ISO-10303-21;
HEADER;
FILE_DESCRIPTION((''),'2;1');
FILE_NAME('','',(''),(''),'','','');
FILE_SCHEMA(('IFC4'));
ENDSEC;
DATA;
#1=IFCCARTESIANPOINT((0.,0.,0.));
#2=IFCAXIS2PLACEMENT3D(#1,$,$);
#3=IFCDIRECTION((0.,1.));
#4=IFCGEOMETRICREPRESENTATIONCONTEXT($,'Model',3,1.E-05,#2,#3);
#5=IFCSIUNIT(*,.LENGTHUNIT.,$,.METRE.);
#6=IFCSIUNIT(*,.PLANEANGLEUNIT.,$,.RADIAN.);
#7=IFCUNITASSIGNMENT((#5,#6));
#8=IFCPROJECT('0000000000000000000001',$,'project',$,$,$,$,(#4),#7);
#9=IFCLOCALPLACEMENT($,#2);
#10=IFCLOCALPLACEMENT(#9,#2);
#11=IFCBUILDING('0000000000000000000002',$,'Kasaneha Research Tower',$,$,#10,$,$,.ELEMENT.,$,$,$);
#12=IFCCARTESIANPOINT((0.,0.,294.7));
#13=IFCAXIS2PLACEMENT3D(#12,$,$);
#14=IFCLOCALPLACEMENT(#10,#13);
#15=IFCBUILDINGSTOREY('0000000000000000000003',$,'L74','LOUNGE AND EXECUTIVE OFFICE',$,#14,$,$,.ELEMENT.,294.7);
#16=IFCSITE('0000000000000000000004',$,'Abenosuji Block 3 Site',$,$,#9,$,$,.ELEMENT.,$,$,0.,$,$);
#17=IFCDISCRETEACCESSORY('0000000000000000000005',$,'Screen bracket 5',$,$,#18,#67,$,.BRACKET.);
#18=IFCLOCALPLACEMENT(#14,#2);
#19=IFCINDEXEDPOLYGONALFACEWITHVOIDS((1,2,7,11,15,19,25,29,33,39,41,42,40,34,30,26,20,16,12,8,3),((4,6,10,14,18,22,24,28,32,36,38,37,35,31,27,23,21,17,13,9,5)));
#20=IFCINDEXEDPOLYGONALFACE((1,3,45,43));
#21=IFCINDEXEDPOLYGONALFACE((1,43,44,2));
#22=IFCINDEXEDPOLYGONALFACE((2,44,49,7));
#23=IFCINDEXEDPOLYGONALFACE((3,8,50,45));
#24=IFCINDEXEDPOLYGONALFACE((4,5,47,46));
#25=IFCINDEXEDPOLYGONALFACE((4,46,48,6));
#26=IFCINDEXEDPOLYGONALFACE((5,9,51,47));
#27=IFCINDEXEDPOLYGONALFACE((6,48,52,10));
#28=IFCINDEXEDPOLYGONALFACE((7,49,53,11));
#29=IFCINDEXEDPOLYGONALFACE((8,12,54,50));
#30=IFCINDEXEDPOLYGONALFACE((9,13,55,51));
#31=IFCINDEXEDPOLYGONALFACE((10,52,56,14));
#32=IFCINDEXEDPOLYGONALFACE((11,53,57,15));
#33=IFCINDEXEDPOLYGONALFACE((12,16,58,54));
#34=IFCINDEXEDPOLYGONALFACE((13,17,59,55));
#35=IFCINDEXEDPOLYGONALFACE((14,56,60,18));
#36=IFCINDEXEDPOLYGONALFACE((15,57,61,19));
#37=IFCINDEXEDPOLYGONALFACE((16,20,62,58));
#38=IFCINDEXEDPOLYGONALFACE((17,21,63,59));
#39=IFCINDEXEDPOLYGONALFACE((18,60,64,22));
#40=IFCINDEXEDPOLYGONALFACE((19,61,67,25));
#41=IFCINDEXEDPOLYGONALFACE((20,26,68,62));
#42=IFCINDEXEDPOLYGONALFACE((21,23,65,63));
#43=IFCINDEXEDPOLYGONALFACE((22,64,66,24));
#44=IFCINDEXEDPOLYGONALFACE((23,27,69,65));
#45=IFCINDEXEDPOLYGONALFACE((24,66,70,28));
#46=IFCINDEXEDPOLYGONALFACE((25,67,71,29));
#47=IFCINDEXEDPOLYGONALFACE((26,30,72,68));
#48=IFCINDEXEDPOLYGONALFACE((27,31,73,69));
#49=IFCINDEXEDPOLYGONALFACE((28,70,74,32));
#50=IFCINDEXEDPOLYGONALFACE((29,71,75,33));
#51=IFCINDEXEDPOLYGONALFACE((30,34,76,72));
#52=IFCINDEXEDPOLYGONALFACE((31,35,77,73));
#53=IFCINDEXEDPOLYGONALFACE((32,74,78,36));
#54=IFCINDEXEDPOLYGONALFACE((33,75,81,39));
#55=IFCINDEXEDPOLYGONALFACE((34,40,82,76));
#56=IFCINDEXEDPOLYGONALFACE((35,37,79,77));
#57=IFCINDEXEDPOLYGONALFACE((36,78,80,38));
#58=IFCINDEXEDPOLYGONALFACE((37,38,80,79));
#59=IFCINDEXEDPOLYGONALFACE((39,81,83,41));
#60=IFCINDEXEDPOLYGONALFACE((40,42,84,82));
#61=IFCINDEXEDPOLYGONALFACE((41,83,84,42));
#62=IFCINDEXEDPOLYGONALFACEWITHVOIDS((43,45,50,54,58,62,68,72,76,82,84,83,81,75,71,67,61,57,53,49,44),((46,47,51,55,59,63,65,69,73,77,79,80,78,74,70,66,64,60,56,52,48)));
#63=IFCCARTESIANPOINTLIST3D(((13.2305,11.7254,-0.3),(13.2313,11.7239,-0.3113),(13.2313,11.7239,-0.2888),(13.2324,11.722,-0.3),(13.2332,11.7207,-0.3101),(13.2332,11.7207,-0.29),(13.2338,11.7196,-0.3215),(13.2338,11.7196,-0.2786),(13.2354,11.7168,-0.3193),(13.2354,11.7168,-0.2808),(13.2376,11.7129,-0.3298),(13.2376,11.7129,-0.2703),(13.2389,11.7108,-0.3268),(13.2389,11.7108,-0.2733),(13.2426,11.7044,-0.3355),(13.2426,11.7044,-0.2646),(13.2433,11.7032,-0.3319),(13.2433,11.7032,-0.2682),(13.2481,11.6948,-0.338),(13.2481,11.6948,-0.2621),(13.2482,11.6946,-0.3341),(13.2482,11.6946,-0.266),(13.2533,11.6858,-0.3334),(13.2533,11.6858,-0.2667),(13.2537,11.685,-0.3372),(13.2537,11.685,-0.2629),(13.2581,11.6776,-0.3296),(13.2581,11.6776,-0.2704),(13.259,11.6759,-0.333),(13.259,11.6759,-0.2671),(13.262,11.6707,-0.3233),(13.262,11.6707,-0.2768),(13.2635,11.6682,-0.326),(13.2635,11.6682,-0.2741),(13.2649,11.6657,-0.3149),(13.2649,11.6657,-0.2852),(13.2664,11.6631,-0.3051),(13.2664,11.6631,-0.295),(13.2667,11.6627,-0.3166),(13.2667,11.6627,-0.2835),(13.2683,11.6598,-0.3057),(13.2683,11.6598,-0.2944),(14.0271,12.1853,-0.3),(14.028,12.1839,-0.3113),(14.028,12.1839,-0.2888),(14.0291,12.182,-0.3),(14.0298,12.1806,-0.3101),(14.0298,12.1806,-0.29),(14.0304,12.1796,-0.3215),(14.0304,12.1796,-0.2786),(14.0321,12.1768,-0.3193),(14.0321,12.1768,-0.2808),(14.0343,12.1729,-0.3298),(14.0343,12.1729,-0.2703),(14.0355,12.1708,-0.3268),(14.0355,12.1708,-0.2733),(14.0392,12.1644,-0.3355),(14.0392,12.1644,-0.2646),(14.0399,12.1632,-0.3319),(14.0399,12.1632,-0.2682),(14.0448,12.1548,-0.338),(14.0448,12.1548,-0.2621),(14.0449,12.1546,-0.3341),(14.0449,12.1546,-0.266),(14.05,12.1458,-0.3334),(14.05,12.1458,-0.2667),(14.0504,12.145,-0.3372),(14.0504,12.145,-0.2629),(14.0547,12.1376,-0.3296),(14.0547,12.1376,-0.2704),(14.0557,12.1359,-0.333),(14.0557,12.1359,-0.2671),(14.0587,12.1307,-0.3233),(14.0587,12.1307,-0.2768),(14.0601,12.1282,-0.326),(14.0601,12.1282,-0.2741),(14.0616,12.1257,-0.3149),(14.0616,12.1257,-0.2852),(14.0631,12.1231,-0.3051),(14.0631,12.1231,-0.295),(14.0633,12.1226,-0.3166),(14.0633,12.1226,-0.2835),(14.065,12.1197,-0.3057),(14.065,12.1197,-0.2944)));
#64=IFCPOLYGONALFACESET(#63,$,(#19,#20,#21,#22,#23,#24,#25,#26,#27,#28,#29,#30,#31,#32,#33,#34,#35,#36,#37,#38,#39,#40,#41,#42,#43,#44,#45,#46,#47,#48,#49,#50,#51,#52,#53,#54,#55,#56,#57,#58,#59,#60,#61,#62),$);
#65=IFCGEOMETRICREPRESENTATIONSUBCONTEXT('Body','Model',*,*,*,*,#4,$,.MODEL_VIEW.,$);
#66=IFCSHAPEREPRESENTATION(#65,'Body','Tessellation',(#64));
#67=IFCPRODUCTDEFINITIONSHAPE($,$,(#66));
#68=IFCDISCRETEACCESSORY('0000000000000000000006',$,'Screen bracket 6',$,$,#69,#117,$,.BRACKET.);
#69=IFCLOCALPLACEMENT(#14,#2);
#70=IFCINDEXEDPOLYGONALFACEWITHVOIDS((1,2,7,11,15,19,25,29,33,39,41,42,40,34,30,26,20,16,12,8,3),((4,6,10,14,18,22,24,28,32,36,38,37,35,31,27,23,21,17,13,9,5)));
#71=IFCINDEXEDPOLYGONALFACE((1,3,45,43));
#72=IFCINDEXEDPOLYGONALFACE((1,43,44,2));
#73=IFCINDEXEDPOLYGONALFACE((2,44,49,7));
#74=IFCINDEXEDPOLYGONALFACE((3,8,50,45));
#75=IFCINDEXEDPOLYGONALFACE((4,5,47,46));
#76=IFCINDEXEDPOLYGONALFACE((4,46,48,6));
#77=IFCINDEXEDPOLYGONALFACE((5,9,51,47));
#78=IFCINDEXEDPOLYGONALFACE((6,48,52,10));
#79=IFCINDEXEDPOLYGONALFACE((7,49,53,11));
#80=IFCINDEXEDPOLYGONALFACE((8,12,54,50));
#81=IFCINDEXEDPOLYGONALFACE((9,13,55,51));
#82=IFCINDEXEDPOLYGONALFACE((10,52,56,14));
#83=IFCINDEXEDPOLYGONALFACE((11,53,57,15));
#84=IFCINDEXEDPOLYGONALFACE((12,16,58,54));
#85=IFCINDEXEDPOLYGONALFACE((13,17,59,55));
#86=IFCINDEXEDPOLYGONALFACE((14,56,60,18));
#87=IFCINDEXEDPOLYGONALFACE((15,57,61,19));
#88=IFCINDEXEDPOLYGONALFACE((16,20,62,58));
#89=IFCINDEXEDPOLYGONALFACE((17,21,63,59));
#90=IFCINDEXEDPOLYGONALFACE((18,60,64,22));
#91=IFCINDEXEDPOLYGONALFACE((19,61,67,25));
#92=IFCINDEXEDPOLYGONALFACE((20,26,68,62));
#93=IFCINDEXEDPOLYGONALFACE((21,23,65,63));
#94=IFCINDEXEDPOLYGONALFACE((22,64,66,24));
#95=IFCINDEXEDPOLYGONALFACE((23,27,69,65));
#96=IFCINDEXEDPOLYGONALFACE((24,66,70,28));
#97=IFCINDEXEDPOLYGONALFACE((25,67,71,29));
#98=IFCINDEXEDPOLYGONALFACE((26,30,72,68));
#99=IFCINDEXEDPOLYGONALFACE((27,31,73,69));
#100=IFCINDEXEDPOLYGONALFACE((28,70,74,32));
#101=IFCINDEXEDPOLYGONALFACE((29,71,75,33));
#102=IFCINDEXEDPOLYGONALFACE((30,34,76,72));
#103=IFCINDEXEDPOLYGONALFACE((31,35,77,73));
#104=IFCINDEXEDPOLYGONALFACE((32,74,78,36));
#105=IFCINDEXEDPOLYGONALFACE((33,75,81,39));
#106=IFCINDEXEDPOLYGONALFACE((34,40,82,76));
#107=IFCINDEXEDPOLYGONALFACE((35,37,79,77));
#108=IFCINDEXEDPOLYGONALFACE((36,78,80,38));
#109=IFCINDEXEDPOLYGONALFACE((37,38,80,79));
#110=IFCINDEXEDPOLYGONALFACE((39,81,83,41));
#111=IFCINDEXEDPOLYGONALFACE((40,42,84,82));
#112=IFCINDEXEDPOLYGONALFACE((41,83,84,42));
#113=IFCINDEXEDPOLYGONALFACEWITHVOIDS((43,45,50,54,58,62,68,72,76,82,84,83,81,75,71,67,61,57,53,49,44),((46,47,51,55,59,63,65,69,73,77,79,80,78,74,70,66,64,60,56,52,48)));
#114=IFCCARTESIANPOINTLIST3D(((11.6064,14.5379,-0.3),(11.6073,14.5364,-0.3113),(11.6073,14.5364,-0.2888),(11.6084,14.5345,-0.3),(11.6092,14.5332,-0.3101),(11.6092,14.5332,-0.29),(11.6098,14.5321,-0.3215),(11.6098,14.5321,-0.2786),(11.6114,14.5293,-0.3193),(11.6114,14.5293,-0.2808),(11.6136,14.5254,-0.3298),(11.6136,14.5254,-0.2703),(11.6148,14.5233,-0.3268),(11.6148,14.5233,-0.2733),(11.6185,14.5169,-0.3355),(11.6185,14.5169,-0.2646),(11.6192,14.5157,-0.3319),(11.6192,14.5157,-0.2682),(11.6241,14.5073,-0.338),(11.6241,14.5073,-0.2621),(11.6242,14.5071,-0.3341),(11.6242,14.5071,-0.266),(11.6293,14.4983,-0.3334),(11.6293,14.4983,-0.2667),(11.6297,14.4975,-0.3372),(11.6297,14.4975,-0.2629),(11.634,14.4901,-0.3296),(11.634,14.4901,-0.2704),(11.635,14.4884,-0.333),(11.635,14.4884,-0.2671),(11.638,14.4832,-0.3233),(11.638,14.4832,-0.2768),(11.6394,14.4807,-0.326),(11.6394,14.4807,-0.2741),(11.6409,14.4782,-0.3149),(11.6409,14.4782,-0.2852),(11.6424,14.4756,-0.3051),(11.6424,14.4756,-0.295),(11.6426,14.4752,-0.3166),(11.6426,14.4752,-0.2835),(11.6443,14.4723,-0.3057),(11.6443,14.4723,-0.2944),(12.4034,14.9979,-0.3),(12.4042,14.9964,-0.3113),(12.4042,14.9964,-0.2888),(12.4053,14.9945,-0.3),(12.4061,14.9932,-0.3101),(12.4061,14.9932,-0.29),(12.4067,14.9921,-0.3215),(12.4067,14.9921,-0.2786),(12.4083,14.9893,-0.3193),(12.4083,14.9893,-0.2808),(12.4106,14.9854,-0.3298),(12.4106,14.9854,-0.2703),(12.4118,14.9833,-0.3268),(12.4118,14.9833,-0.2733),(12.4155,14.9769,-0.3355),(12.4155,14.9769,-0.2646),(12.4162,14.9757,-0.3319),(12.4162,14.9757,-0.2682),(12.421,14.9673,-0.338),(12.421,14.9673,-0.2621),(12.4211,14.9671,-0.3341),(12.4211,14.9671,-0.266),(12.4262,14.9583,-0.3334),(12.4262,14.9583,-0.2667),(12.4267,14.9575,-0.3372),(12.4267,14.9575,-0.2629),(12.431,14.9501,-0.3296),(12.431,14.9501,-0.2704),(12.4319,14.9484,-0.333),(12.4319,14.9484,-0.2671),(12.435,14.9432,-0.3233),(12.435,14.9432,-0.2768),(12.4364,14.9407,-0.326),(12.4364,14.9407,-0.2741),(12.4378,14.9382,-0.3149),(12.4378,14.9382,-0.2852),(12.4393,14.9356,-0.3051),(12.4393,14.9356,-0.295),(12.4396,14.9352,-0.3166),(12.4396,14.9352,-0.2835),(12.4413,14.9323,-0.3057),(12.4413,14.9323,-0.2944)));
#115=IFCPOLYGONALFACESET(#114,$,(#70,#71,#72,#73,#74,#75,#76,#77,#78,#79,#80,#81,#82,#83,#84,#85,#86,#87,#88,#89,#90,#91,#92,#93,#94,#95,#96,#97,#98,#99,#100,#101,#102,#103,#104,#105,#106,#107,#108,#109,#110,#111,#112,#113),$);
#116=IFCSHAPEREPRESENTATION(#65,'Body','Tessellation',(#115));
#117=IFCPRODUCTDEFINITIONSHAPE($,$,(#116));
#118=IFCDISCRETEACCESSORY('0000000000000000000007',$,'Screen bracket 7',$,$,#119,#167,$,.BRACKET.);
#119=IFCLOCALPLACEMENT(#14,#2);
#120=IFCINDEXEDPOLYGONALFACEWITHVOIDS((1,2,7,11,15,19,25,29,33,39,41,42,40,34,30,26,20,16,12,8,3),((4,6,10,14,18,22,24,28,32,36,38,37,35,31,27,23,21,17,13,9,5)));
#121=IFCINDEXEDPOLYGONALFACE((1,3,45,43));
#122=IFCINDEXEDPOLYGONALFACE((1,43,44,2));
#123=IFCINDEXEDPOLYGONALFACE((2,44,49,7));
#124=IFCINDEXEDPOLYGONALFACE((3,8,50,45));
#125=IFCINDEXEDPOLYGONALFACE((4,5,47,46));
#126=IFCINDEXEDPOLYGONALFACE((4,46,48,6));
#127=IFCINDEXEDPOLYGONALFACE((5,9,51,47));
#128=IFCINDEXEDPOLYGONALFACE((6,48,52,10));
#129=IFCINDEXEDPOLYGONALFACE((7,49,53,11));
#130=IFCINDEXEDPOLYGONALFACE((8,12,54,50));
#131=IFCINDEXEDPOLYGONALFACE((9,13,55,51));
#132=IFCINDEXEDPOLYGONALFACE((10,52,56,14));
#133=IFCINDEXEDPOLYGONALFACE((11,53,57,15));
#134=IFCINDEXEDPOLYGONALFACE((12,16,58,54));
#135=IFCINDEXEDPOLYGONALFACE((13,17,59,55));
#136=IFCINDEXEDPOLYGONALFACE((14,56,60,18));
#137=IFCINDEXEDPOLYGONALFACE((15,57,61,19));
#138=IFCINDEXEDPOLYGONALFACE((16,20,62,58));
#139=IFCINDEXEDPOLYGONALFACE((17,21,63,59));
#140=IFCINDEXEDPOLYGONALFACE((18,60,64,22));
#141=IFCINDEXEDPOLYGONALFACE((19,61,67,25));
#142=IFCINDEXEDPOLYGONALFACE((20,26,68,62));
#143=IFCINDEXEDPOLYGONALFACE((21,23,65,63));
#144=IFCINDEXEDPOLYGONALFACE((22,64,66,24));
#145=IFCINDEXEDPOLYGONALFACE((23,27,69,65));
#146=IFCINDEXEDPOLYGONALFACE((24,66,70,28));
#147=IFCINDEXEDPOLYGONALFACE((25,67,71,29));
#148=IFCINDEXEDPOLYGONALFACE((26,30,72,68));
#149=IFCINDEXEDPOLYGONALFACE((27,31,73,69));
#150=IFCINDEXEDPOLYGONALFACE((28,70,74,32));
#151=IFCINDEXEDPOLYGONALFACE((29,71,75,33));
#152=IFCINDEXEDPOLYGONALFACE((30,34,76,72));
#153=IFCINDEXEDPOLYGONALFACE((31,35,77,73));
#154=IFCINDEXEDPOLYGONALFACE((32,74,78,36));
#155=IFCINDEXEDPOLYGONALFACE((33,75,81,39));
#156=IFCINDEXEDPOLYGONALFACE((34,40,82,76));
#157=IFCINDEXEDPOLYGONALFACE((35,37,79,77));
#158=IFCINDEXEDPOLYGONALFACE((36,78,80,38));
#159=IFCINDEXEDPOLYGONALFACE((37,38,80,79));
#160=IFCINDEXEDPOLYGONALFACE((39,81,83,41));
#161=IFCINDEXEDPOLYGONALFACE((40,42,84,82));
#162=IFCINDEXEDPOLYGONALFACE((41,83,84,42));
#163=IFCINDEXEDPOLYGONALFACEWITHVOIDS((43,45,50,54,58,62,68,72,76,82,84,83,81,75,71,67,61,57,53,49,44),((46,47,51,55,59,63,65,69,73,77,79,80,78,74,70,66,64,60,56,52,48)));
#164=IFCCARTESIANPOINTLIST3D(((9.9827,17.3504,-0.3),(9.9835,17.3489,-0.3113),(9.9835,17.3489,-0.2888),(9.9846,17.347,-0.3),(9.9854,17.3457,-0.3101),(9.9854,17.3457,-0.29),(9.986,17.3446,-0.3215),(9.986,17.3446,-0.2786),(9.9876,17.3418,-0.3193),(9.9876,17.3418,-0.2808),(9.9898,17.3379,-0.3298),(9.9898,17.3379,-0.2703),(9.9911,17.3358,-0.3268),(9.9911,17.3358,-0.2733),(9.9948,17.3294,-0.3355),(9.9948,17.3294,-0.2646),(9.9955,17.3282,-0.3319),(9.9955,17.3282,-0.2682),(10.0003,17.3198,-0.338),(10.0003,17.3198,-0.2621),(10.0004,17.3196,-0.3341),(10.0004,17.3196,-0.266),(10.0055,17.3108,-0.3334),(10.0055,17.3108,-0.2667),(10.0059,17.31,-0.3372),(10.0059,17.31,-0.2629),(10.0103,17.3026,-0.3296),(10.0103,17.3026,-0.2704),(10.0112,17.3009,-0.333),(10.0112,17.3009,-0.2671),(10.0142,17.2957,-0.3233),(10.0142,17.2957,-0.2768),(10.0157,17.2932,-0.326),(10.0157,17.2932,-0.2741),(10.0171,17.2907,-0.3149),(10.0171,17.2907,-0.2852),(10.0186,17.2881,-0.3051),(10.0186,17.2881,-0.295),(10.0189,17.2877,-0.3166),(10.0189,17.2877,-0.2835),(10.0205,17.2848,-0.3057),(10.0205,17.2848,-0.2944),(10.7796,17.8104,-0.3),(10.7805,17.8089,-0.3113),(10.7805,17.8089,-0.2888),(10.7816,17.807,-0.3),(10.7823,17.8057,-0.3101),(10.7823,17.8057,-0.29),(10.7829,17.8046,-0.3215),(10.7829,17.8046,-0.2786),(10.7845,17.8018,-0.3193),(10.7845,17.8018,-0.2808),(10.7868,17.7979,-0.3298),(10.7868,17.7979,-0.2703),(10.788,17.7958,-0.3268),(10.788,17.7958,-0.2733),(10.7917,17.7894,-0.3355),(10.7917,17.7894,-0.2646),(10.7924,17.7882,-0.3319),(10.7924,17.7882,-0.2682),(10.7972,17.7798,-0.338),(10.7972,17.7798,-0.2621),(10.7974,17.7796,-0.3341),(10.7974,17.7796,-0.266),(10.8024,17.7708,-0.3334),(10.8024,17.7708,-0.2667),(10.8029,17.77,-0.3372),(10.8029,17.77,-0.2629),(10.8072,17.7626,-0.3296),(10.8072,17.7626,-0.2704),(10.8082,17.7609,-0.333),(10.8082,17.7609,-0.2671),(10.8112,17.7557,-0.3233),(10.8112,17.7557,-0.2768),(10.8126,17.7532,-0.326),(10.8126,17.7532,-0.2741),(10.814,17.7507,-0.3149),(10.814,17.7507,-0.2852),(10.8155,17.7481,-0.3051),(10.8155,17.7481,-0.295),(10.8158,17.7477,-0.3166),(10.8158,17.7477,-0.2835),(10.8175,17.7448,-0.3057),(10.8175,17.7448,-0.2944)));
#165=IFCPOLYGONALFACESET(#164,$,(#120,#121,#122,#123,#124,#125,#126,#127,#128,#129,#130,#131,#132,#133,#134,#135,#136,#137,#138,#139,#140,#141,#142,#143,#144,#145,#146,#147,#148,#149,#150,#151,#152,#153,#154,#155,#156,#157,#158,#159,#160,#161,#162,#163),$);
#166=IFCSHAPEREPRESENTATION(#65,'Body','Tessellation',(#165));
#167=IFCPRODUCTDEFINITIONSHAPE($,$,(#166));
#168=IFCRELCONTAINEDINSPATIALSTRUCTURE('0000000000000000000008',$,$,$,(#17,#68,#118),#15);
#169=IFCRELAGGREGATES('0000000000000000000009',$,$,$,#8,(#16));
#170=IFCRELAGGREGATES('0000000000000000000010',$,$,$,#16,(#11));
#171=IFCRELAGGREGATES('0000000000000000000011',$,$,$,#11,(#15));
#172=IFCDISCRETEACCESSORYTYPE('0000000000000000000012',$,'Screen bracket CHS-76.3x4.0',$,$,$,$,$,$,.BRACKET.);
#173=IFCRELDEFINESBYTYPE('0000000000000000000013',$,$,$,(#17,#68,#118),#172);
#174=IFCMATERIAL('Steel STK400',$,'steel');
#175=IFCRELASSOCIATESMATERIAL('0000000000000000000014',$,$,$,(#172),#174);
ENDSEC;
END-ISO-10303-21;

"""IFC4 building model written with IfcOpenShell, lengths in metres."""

from ifc_helpers import new_model, si_unit, direction, frame, origin, origin_2d, place, context, subcontext, project, spatial, hollow_circle, extrude, material, material_profile, profile_set, type_object, element, save


model = new_model("IFC4")

# Units and contexts
model_context = context("Model", 3, precision=1e-05, world=origin(), true_north=direction((0.0, 1.0)))
body_context = subcontext(model_context, "Body", "Model", "MODEL_VIEW")
ifc_project = project(units=[si_unit("LENGTHUNIT", "METRE"), si_unit("PLANEANGLEUNIT", "RADIAN")], contexts=[model_context])

# Site, building, storey
site_placement = place(None, origin())
site = spatial("IfcSite", under=ifc_project, at=site_placement, Name="Abenosuji Block 3 Site", CompositionType="ELEMENT", RefElevation=0.0)
building_placement = place(site_placement, origin())
building = spatial("IfcBuilding", under=site, at=building_placement, Name="Kasaneha Research Tower", CompositionType="ELEMENT")
storey_placement = place(building_placement, frame((0.0, 0.0, 294.7)))
storey = spatial("IfcBuildingStorey", under=building, at=storey_placement, Name="L74", Description="LOUNGE AND EXECUTIVE OFFICE", CompositionType="ELEMENT", Elevation=294.7)

# Discrete accessories
ifc_material_1 = material(Name="Steel STK400", Category="steel")
ifc_material_profile_1 = material_profile(ifc_material_1, hollow_circle(Radius=0.0381, WallThickness=0.0039, at=origin_2d()), Name="CHS-76.3x4.0")
ifc_profile_set_1 = profile_set([ifc_material_profile_1], Name="Steel STK400")
discrete_accessory_type = type_object("IfcDiscreteAccessoryType", Name="Screen bracket CHS-76.3x4.0", PredefinedType="BRACKET", material=ifc_profile_set_1)
for number, where, z_axis, x_axis, name in (
    (1, (13.2495, 11.6924, -0.3), (0.866013, 0.500021, 0.0), (-0.500021, 0.866013, 0.0), "Screen bracket 5"),
):
    element("IfcDiscreteAccessory", number, at=place(storey_placement, frame(where, z_axis=z_axis, x_axis=x_axis)), inside=storey, type_object=discrete_accessory_type, Name=name, PredefinedType="BRACKET", context=body_context, shape_type="SweptSolid", body=[
        extrude(hollow_circle(Radius=0.0381, WallThickness=0.0039, at=origin_2d()), origin(), (0.0, 0.0, 1.0), 0.9199),
    ])
for number, where, z_axis, x_axis, name in (
    (2, (11.6255, 14.5049, -0.3), (0.86608, 0.499906, 0.0), (-0.499906, 0.86608, 0.0), "Screen bracket 6"),
    (3, (10.0017, 17.3174, -0.3), (0.86608, 0.499906, 0.0), (-0.499906, 0.86608, 0.0), "Screen bracket 7"),
):
    element("IfcDiscreteAccessory", number, at=place(storey_placement, frame(where, z_axis=z_axis, x_axis=x_axis)), inside=storey, type_object=discrete_accessory_type, Name=name, PredefinedType="BRACKET", context=body_context, shape_type="SweptSolid", body=[
        extrude(hollow_circle(Radius=0.0381, WallThickness=0.0039, at=origin_2d()), origin(), (0.0, 0.0, 1.0), 0.9202),
    ])

save(model, "model.ifc")
